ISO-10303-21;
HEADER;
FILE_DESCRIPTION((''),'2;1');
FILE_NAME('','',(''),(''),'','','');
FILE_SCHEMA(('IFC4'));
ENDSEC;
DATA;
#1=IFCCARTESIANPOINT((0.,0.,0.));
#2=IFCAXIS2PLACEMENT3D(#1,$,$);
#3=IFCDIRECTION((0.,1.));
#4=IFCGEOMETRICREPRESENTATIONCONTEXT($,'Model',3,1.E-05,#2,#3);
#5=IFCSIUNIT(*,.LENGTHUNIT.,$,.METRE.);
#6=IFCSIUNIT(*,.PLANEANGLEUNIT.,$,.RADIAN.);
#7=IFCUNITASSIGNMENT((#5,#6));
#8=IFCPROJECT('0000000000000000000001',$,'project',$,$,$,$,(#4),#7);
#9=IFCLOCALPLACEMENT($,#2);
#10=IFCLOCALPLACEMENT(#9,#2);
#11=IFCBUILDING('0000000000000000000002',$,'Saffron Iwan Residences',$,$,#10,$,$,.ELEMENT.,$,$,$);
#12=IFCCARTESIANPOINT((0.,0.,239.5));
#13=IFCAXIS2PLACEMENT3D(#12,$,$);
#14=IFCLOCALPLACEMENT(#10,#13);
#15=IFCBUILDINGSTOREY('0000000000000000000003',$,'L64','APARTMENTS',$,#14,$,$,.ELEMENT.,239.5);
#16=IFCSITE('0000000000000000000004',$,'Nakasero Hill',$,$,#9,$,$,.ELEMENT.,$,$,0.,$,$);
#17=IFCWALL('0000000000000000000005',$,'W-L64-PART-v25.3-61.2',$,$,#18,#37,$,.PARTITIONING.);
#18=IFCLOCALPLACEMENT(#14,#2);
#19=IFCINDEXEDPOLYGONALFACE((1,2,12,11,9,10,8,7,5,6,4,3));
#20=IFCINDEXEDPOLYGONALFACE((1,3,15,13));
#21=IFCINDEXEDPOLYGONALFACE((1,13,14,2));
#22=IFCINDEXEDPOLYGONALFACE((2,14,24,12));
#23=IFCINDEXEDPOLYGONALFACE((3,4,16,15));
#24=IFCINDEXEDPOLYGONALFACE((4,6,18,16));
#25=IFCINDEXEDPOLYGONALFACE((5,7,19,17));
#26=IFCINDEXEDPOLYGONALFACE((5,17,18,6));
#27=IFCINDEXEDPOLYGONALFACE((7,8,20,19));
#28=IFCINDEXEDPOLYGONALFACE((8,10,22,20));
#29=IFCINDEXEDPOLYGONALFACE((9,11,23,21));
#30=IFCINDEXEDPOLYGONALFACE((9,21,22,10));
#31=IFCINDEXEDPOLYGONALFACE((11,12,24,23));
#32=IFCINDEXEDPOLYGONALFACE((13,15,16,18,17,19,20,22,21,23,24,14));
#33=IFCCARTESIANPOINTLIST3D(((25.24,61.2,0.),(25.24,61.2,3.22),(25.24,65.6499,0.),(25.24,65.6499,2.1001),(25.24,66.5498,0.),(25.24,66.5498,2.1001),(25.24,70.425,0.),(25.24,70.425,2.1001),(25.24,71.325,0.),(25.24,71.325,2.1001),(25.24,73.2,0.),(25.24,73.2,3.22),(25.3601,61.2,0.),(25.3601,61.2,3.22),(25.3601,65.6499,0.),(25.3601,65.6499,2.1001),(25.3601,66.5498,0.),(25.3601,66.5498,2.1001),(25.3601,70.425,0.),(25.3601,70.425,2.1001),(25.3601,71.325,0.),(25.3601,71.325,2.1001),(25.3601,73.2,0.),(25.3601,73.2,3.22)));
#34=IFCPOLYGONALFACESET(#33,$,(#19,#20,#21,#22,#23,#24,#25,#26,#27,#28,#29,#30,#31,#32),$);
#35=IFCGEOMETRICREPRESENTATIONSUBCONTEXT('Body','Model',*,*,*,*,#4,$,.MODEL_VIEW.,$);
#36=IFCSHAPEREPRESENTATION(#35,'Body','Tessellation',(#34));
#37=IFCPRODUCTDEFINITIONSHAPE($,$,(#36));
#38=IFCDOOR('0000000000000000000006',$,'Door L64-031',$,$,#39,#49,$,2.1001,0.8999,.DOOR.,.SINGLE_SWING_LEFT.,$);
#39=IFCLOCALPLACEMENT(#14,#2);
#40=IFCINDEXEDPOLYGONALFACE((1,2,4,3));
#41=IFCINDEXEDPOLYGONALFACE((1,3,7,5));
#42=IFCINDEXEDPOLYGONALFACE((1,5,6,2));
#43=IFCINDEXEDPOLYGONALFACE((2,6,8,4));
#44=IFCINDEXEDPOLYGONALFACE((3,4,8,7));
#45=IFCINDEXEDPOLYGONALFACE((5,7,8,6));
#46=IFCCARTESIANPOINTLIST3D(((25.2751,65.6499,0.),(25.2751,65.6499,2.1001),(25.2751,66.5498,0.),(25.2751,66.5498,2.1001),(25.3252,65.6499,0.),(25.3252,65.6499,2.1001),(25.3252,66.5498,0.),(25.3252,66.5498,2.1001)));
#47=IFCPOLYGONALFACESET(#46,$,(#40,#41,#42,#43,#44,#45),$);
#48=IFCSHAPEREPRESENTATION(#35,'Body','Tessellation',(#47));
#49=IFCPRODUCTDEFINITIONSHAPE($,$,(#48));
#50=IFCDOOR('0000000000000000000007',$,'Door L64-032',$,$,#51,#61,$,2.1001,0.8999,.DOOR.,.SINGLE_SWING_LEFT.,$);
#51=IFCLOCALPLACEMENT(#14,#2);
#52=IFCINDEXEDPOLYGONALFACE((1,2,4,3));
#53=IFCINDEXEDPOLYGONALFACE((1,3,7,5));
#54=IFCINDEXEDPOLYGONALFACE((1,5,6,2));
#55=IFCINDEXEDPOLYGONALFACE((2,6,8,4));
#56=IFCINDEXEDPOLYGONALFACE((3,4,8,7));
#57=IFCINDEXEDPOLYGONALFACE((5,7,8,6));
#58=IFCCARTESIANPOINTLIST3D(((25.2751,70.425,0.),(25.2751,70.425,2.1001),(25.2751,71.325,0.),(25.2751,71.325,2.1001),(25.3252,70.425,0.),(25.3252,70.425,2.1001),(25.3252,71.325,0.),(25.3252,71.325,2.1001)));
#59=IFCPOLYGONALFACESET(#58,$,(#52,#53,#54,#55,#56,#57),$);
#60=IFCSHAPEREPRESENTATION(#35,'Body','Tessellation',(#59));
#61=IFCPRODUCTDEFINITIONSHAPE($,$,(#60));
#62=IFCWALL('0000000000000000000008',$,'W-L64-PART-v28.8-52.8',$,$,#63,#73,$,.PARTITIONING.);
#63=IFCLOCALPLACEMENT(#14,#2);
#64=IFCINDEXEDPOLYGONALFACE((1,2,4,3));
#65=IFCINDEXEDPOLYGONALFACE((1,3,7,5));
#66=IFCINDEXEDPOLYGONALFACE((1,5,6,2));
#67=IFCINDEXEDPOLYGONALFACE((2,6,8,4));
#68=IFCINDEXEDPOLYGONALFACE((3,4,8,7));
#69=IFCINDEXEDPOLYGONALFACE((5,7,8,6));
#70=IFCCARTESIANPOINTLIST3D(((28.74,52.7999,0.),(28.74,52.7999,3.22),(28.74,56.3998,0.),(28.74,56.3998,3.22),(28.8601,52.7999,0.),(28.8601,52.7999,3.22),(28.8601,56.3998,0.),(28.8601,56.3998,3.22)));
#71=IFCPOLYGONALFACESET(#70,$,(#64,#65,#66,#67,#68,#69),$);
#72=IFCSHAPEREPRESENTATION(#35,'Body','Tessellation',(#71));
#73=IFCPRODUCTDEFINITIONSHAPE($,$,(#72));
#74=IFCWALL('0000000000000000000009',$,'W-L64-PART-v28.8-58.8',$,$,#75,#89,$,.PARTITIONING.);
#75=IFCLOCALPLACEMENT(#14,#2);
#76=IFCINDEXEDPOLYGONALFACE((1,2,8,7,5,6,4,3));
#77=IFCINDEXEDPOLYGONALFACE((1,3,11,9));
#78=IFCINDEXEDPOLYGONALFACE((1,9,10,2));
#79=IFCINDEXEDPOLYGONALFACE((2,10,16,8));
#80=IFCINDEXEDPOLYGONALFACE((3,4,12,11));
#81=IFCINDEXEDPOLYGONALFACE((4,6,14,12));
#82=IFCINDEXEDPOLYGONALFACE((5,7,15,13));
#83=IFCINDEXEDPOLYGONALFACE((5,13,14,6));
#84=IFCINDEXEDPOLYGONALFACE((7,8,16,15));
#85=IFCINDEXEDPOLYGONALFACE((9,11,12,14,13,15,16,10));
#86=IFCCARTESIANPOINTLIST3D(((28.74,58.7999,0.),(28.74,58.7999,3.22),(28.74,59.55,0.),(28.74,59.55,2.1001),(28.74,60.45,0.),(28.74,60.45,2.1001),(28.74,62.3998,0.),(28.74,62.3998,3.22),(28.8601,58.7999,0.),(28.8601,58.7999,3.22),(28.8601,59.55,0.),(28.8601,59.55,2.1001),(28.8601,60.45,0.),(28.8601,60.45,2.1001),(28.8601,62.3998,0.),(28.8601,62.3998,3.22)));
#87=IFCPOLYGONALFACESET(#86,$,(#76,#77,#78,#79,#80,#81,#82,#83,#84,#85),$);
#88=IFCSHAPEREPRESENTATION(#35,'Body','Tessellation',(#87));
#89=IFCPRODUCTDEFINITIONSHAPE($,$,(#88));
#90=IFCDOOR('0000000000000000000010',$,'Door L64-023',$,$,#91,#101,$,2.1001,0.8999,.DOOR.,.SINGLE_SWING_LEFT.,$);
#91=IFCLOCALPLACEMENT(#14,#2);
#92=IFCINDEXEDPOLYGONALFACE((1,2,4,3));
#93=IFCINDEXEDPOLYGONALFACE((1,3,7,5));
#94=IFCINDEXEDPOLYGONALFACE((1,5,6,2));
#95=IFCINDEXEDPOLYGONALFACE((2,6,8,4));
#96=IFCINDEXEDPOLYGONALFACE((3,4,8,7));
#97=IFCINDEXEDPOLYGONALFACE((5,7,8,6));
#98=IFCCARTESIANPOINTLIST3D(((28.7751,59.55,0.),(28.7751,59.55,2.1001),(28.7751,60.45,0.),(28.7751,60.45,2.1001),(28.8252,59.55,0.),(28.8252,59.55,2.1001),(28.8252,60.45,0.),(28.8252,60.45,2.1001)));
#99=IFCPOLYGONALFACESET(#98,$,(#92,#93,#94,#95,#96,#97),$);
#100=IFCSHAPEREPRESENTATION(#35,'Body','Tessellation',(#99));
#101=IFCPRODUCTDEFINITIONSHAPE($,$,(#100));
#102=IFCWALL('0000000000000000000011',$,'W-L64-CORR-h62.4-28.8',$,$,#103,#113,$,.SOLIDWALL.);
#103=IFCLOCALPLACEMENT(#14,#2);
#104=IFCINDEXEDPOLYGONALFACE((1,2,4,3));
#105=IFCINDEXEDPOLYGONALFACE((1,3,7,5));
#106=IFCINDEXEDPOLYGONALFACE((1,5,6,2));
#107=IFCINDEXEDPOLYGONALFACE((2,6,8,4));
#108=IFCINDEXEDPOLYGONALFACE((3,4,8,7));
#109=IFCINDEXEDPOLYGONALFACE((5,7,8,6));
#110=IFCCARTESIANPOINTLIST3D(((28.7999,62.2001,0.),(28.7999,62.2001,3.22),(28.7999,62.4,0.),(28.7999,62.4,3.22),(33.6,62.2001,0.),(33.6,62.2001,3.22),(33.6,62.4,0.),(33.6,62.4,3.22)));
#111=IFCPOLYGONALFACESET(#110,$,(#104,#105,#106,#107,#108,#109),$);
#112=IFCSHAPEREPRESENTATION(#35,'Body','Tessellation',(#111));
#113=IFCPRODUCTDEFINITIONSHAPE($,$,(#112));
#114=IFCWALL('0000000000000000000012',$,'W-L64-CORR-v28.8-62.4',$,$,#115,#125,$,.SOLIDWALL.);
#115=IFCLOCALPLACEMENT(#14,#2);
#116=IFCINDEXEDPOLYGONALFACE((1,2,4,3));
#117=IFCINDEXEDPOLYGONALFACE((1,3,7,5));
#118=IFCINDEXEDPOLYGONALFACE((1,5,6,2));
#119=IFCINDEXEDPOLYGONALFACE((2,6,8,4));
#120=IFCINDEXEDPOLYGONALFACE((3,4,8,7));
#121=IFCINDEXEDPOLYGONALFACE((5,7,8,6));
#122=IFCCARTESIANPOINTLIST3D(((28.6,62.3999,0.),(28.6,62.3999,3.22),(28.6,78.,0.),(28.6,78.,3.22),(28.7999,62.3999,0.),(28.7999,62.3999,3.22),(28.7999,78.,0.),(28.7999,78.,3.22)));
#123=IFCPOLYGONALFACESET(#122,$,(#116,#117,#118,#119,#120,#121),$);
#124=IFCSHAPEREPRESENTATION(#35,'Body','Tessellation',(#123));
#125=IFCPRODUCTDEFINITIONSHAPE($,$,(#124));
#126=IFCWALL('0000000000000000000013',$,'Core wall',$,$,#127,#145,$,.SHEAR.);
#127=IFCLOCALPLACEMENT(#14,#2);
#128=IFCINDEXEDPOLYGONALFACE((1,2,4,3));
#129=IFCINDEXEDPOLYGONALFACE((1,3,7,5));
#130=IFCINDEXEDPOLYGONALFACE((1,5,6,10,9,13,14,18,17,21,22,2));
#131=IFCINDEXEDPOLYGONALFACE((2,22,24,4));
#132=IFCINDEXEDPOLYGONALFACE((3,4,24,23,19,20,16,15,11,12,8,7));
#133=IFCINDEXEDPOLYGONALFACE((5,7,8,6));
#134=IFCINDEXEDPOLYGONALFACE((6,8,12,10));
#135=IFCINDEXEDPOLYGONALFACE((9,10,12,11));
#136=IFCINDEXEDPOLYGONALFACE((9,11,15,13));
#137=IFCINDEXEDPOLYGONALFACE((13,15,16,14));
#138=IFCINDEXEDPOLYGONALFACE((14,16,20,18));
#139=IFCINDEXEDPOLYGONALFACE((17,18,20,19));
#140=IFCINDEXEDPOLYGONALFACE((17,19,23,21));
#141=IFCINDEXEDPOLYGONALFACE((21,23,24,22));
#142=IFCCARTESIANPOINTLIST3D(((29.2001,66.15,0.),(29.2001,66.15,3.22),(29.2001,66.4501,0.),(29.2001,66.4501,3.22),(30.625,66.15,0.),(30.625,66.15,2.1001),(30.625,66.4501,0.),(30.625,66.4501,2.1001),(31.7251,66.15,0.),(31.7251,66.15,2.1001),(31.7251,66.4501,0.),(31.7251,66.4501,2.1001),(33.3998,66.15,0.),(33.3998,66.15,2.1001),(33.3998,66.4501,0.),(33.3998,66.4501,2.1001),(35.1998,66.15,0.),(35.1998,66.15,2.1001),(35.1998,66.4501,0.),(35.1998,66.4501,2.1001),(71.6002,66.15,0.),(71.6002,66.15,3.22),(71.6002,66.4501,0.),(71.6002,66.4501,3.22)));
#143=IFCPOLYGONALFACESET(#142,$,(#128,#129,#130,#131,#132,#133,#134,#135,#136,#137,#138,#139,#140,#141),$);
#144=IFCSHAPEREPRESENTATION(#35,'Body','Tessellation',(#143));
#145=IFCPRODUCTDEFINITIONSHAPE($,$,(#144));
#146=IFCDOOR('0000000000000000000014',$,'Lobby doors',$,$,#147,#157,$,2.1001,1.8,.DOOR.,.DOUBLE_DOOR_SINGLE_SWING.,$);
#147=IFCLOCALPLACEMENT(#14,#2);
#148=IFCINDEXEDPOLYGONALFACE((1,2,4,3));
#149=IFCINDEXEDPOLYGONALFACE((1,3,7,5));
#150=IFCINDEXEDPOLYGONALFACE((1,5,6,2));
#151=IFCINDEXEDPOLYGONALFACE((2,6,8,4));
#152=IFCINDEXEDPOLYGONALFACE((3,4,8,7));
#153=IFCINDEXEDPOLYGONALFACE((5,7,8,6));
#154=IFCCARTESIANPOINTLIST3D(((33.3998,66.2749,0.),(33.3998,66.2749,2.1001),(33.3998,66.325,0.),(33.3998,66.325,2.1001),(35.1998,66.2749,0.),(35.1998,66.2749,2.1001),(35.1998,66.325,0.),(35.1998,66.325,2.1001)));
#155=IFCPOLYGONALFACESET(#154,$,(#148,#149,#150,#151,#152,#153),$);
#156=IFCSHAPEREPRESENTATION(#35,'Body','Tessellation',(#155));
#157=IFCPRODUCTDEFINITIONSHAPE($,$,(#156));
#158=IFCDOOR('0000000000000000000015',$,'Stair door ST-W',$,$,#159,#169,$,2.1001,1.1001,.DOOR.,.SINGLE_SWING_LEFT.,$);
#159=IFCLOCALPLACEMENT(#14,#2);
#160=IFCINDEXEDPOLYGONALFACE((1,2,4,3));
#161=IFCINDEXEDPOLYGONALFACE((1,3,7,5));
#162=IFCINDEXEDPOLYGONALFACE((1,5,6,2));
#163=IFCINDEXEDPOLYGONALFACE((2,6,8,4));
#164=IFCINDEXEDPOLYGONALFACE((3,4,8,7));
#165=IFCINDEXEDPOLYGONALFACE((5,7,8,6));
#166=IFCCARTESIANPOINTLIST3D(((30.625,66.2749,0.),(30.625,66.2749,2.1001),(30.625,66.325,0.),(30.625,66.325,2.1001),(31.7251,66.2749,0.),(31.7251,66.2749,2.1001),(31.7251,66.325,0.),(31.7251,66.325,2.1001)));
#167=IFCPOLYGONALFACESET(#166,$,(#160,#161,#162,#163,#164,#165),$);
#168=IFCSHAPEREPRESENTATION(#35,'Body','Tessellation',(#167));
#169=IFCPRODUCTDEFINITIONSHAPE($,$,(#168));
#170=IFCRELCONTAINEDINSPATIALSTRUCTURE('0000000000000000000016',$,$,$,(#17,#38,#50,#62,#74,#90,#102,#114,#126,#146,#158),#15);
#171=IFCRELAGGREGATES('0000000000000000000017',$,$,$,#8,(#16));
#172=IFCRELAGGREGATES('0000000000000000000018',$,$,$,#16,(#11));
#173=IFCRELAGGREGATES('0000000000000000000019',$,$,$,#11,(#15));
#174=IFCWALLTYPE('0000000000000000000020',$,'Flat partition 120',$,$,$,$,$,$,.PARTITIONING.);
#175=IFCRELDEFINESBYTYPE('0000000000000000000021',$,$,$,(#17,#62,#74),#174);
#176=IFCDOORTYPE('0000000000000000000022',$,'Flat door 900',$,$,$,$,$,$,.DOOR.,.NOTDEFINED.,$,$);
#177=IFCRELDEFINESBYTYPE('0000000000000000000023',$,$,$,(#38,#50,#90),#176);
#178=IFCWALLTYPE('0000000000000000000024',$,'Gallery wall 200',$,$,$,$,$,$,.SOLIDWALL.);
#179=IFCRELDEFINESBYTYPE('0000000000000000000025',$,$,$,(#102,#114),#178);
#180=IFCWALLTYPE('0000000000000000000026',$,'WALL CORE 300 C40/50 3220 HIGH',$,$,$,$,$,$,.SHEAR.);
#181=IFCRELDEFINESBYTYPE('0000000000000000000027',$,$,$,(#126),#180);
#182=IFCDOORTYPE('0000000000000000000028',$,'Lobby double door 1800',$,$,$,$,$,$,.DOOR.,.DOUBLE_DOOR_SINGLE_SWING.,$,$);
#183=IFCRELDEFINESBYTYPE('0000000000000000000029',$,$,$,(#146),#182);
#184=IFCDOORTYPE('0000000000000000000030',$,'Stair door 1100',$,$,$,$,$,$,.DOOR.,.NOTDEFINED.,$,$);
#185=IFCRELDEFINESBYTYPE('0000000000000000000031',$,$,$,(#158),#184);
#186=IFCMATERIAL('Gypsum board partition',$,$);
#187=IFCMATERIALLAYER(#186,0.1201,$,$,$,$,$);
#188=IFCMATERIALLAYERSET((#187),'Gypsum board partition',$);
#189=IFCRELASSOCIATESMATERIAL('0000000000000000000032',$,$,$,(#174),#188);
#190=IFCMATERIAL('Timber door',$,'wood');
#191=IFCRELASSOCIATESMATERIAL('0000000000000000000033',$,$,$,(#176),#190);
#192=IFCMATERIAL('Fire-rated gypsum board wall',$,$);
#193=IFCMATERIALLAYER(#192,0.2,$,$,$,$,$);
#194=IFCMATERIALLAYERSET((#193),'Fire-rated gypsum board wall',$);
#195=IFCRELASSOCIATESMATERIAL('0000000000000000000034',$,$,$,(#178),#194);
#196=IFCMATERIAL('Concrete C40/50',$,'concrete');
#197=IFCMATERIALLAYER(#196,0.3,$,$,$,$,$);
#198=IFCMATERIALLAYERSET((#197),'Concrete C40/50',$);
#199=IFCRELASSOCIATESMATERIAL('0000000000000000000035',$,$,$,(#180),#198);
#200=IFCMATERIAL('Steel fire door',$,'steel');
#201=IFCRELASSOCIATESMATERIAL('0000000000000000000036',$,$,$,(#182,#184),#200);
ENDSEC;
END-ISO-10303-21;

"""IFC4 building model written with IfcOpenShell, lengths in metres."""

from ifc_helpers import new_model, si_unit, direction, frame, frame_2d, origin, place, context, subcontext, project, spatial, rectangle, extrude, material, layer, layer_set, type_object, element, fill, save


model = new_model("IFC4")

# Units and contexts
model_context = context("Model", 3, precision=1e-05, world=origin(), true_north=direction((0.0, 1.0)))
body_context = subcontext(model_context, "Body", "Model", "MODEL_VIEW")
ifc_project = project(units=[si_unit("LENGTHUNIT", "METRE"), si_unit("PLANEANGLEUNIT", "RADIAN")], contexts=[model_context])

# Site, building, storey
site_placement = place(None, origin())
site = spatial("IfcSite", under=ifc_project, at=site_placement, Name="Nakasero Hill", CompositionType="ELEMENT", RefElevation=0.0)
building_placement = place(site_placement, origin())
building = spatial("IfcBuilding", under=site, at=building_placement, Name="Saffron Iwan Residences", CompositionType="ELEMENT")
storey_placement = place(building_placement, frame((0.0, 0.0, 239.5)))
storey = spatial("IfcBuildingStorey", under=building, at=storey_placement, Name="L64", Description="APARTMENTS", CompositionType="ELEMENT", Elevation=239.5)

# Shared definitions
ifc_material_1 = material(Name="Concrete C40/50", Category="concrete")

# Shared definitions
ifc_material_2 = material(Name="Steel fire door", Category="steel")

# Shared definitions
ifc_material_3 = material(Name="Fire-rated gypsum board wall")
ifc_material_4 = material(Name="Gypsum board partition")
ifc_layer_1 = layer(ifc_material_4, 0.1201)
ifc_layer_set_1 = layer_set([ifc_layer_1], Name="Gypsum board partition")
wall_type_1 = type_object("IfcWallType", Name="Flat partition 120", PredefinedType="PARTITIONING", material=ifc_layer_set_1)

# Wall, openings, doors
wall_1_placement = place(storey_placement, frame((25.3, 61.2, 0.0), z_axis=(0.0, 0.0, 1.0), x_axis=(0.0, 1.0, 0.0)))
wall_1 = element("IfcWall", 1, at=wall_1_placement, inside=storey, type_object=wall_type_1, Name="W-L64-PART-v25.3-61.2", PredefinedType="PARTITIONING", context=body_context, shape_type="SweptSolid", body=[
    extrude(rectangle(XDim=12.0, YDim=0.1201, at=frame_2d((6.0, 0.0))), origin(), (0.0, 0.0, 1.0), 3.22),
])
opening_1_placement = place(wall_1_placement, frame((4.45, 0.0, 0.0)))
opening_1 = element("IfcOpeningElement", 2, at=opening_1_placement, cuts=wall_1, PredefinedType="OPENING", context=body_context, shape_type="SweptSolid", body=[
    extrude(rectangle(XDim=0.8999, YDim=2.1001, at=frame_2d((0.45, 1.05))), frame((0.0, 0.0701, 0.0), z_axis=(0.0, -1.0, 0.0), x_axis=(1.0, 0.0, 0.0)), (0.0, 0.0, 1.0), 0.1401),
])
opening_2_placement = place(wall_1_placement, frame((9.2251, 0.0, 0.0)))
opening_2 = element("IfcOpeningElement", 3, at=opening_2_placement, cuts=wall_1, PredefinedType="OPENING", context=body_context, shape_type="SweptSolid", body=[
    extrude(rectangle(XDim=0.8999, YDim=2.1001, at=frame_2d((0.45, 1.05))), frame((0.0, 0.0701, 0.0), z_axis=(0.0, -1.0, 0.0), x_axis=(1.0, 0.0, 0.0)), (0.0, 0.0, 1.0), 0.1401),
])
ifc_material_5 = material(Name="Timber door", Category="wood")
door_type_1 = type_object("IfcDoorType", Name="Flat door 900", OperationType="NOTDEFINED", PredefinedType="DOOR", material=ifc_material_5)
door_1_placement = place(opening_1_placement, origin())
door_1 = element("IfcDoor", 4, at=door_1_placement, inside=storey, type_object=door_type_1, Name="Door L64-031", OperationType="SINGLE_SWING_LEFT", OverallHeight=2.1001, OverallWidth=0.8999, PredefinedType="DOOR", context=body_context, shape_type="SweptSolid", body=[
    extrude(rectangle(XDim=0.8999, YDim=2.1001, at=frame_2d((0.45, 1.05))), frame((0.0, 0.0249, 0.0), z_axis=(0.0, -1.0, 0.0), x_axis=(1.0, 0.0, 0.0)), (0.0, 0.0, 1.0), 0.05),
])
fill(opening_1, door_1)
door_2_placement = place(opening_2_placement, origin())
door_2 = element("IfcDoor", 5, at=door_2_placement, inside=storey, type_object=door_type_1, Name="Door L64-032", OperationType="SINGLE_SWING_LEFT", OverallHeight=2.1001, OverallWidth=0.8999, PredefinedType="DOOR", context=body_context, shape_type="SweptSolid", body=[
    extrude(rectangle(XDim=0.8999, YDim=2.1001, at=frame_2d((0.45, 1.05))), frame((0.0, 0.0249, 0.0), z_axis=(0.0, -1.0, 0.0), x_axis=(1.0, 0.0, 0.0)), (0.0, 0.0, 1.0), 0.05),
])
fill(opening_2, door_2)

# Wall
wall_2_placement = place(storey_placement, frame((28.8, 52.8, 0.0), z_axis=(0.0, 0.0, 1.0), x_axis=(0.0, 1.0, 0.0)))
element("IfcWall", 6, at=wall_2_placement, inside=storey, type_object=wall_type_1, Name="W-L64-PART-v28.8-52.8", PredefinedType="PARTITIONING", context=body_context, shape_type="SweptSolid", body=[
    extrude(rectangle(XDim=3.5999, YDim=0.1201, at=frame_2d((1.7998, 0.0))), origin(), (0.0, 0.0, 1.0), 3.22),
])

# Wall, opening, door
wall_3_placement = place(storey_placement, frame((28.8, 58.8, 0.0), z_axis=(0.0, 0.0, 1.0), x_axis=(0.0, 1.0, 0.0)))
wall_3 = element("IfcWall", 7, at=wall_3_placement, inside=storey, type_object=wall_type_1, Name="W-L64-PART-v28.8-58.8", PredefinedType="PARTITIONING", context=body_context, shape_type="SweptSolid", body=[
    extrude(rectangle(XDim=3.5999, YDim=0.1201, at=frame_2d((1.7998, 0.0))), origin(), (0.0, 0.0, 1.0), 3.22),
])
opening_3_placement = place(wall_3_placement, frame((0.75, 0.0, 0.0)))
opening_3 = element("IfcOpeningElement", 8, at=opening_3_placement, cuts=wall_3, PredefinedType="OPENING", context=body_context, shape_type="SweptSolid", body=[
    extrude(rectangle(XDim=0.8999, YDim=2.1001, at=frame_2d((0.45, 1.05))), frame((0.0, 0.0701, 0.0), z_axis=(0.0, -1.0, 0.0), x_axis=(1.0, 0.0, 0.0)), (0.0, 0.0, 1.0), 0.1401),
])
door_3_placement = place(opening_3_placement, origin())
door_3 = element("IfcDoor", 9, at=door_3_placement, inside=storey, type_object=door_type_1, Name="Door L64-023", OperationType="SINGLE_SWING_LEFT", OverallHeight=2.1001, OverallWidth=0.8999, PredefinedType="DOOR", context=body_context, shape_type="SweptSolid", body=[
    extrude(rectangle(XDim=0.8999, YDim=2.1001, at=frame_2d((0.45, 1.05))), frame((0.0, 0.0249, 0.0), z_axis=(0.0, -1.0, 0.0), x_axis=(1.0, 0.0, 0.0)), (0.0, 0.0, 1.0), 0.05),
])
fill(opening_3, door_3)

# Walls
ifc_layer_2 = layer(ifc_material_3, 0.2)
ifc_layer_set_2 = layer_set([ifc_layer_2], Name="Fire-rated gypsum board wall")
wall_type_2 = type_object("IfcWallType", Name="Gallery wall 200", PredefinedType="SOLIDWALL", material=ifc_layer_set_2)
wall_4_placement = place(storey_placement, frame((28.8, 62.3, 0.0), z_axis=(0.0, 0.0, 1.0), x_axis=(1.0, 0.0, 0.0)))
element("IfcWall", 10, at=wall_4_placement, inside=storey, type_object=wall_type_2, Name="W-L64-CORR-h62.4-28.8", PredefinedType="SOLIDWALL", context=body_context, shape_type="SweptSolid", body=[
    extrude(rectangle(XDim=4.8, YDim=0.2, at=frame_2d((2.3999, 0.0))), origin(), (0.0, 0.0, 1.0), 3.22),
])
wall_5_placement = place(storey_placement, frame((28.7, 62.3999, 0.0), z_axis=(0.0, 0.0, 1.0), x_axis=(0.0, 1.0, 0.0)))
element("IfcWall", 11, at=wall_5_placement, inside=storey, type_object=wall_type_2, Name="W-L64-CORR-v28.8-62.4", PredefinedType="SOLIDWALL", context=body_context, shape_type="SweptSolid", body=[
    extrude(rectangle(XDim=15.6001, YDim=0.2, at=frame_2d((7.8, 0.0))), origin(), (0.0, 0.0, 1.0), 3.22),
])

# Wall, openings, doors
ifc_layer_3 = layer(ifc_material_1, 0.3)
ifc_layer_set_3 = layer_set([ifc_layer_3], Name="Concrete C40/50")
wall_type_3 = type_object("IfcWallType", Name="WALL CORE 300 C40/50 3220 HIGH", PredefinedType="SHEAR", material=ifc_layer_set_3)
wall_6_placement = place(storey_placement, frame((29.2, 66.3, 0.0), z_axis=(0.0, 0.0, 1.0), x_axis=(1.0, 0.0, 0.0)))
wall_6 = element("IfcWall", 12, at=wall_6_placement, inside=storey, type_object=wall_type_3, Name="Core wall", PredefinedType="SHEAR", context=body_context, shape_type="SweptSolid", body=[
    extrude(rectangle(XDim=42.4001, YDim=0.3, at=frame_2d((21.2002, 0.0))), origin(), (0.0, 0.0, 1.0), 3.22),
])
opening_4_placement = place(wall_6_placement, frame((1.425, 0.0, 0.0)))
opening_4 = element("IfcOpeningElement", 13, at=opening_4_placement, cuts=wall_6, PredefinedType="OPENING", context=body_context, shape_type="SweptSolid", body=[
    extrude(rectangle(XDim=1.1001, YDim=2.1001, at=frame_2d((0.55, 1.05))), frame((0.0, 0.1602, 0.0), z_axis=(0.0, -1.0, 0.0), x_axis=(1.0, 0.0, 0.0)), (0.0, 0.0, 1.0), 0.3201),
])
opening_5_placement = place(wall_6_placement, frame((4.2, 0.0, 0.0)))
opening_5 = element("IfcOpeningElement", 14, at=opening_5_placement, cuts=wall_6, PredefinedType="OPENING", context=body_context, shape_type="SweptSolid", body=[
    extrude(rectangle(XDim=1.8, YDim=2.1001, at=frame_2d((0.8999, 1.05))), frame((0.0, 0.1602, 0.0), z_axis=(0.0, -1.0, 0.0), x_axis=(1.0, 0.0, 0.0)), (0.0, 0.0, 1.0), 0.3201),
])
door_type_2 = type_object("IfcDoorType", Name="Lobby double door 1800", OperationType="DOUBLE_DOOR_SINGLE_SWING", PredefinedType="DOOR", material=ifc_material_2)
door_4_placement = place(opening_5_placement, origin())
door_4 = element("IfcDoor", 15, at=door_4_placement, inside=storey, type_object=door_type_2, Name="Lobby doors", OperationType="DOUBLE_DOOR_SINGLE_SWING", OverallHeight=2.1001, OverallWidth=1.8, PredefinedType="DOOR", context=body_context, shape_type="SweptSolid", body=[
    extrude(rectangle(XDim=1.8, YDim=2.1001, at=frame_2d((0.8999, 1.05))), frame((0.0, 0.0249, 0.0), z_axis=(0.0, -1.0, 0.0), x_axis=(1.0, 0.0, 0.0)), (0.0, 0.0, 1.0), 0.05),
])
fill(opening_5, door_4)
door_type_3 = type_object("IfcDoorType", Name="Stair door 1100", OperationType="NOTDEFINED", PredefinedType="DOOR", material=ifc_material_2)
door_5_placement = place(opening_4_placement, origin())
door_5 = element("IfcDoor", 16, at=door_5_placement, inside=storey, type_object=door_type_3, Name="Stair door ST-W", OperationType="SINGLE_SWING_LEFT", OverallHeight=2.1001, OverallWidth=1.1001, PredefinedType="DOOR", context=body_context, shape_type="SweptSolid", body=[
    extrude(rectangle(XDim=1.1001, YDim=2.1001, at=frame_2d((0.55, 1.05))), frame((0.0, 0.0249, 0.0), z_axis=(0.0, -1.0, 0.0), x_axis=(1.0, 0.0, 0.0)), (0.0, 0.0, 1.0), 0.05),
])
fill(opening_4, door_5)

save(model, "model.ifc")
